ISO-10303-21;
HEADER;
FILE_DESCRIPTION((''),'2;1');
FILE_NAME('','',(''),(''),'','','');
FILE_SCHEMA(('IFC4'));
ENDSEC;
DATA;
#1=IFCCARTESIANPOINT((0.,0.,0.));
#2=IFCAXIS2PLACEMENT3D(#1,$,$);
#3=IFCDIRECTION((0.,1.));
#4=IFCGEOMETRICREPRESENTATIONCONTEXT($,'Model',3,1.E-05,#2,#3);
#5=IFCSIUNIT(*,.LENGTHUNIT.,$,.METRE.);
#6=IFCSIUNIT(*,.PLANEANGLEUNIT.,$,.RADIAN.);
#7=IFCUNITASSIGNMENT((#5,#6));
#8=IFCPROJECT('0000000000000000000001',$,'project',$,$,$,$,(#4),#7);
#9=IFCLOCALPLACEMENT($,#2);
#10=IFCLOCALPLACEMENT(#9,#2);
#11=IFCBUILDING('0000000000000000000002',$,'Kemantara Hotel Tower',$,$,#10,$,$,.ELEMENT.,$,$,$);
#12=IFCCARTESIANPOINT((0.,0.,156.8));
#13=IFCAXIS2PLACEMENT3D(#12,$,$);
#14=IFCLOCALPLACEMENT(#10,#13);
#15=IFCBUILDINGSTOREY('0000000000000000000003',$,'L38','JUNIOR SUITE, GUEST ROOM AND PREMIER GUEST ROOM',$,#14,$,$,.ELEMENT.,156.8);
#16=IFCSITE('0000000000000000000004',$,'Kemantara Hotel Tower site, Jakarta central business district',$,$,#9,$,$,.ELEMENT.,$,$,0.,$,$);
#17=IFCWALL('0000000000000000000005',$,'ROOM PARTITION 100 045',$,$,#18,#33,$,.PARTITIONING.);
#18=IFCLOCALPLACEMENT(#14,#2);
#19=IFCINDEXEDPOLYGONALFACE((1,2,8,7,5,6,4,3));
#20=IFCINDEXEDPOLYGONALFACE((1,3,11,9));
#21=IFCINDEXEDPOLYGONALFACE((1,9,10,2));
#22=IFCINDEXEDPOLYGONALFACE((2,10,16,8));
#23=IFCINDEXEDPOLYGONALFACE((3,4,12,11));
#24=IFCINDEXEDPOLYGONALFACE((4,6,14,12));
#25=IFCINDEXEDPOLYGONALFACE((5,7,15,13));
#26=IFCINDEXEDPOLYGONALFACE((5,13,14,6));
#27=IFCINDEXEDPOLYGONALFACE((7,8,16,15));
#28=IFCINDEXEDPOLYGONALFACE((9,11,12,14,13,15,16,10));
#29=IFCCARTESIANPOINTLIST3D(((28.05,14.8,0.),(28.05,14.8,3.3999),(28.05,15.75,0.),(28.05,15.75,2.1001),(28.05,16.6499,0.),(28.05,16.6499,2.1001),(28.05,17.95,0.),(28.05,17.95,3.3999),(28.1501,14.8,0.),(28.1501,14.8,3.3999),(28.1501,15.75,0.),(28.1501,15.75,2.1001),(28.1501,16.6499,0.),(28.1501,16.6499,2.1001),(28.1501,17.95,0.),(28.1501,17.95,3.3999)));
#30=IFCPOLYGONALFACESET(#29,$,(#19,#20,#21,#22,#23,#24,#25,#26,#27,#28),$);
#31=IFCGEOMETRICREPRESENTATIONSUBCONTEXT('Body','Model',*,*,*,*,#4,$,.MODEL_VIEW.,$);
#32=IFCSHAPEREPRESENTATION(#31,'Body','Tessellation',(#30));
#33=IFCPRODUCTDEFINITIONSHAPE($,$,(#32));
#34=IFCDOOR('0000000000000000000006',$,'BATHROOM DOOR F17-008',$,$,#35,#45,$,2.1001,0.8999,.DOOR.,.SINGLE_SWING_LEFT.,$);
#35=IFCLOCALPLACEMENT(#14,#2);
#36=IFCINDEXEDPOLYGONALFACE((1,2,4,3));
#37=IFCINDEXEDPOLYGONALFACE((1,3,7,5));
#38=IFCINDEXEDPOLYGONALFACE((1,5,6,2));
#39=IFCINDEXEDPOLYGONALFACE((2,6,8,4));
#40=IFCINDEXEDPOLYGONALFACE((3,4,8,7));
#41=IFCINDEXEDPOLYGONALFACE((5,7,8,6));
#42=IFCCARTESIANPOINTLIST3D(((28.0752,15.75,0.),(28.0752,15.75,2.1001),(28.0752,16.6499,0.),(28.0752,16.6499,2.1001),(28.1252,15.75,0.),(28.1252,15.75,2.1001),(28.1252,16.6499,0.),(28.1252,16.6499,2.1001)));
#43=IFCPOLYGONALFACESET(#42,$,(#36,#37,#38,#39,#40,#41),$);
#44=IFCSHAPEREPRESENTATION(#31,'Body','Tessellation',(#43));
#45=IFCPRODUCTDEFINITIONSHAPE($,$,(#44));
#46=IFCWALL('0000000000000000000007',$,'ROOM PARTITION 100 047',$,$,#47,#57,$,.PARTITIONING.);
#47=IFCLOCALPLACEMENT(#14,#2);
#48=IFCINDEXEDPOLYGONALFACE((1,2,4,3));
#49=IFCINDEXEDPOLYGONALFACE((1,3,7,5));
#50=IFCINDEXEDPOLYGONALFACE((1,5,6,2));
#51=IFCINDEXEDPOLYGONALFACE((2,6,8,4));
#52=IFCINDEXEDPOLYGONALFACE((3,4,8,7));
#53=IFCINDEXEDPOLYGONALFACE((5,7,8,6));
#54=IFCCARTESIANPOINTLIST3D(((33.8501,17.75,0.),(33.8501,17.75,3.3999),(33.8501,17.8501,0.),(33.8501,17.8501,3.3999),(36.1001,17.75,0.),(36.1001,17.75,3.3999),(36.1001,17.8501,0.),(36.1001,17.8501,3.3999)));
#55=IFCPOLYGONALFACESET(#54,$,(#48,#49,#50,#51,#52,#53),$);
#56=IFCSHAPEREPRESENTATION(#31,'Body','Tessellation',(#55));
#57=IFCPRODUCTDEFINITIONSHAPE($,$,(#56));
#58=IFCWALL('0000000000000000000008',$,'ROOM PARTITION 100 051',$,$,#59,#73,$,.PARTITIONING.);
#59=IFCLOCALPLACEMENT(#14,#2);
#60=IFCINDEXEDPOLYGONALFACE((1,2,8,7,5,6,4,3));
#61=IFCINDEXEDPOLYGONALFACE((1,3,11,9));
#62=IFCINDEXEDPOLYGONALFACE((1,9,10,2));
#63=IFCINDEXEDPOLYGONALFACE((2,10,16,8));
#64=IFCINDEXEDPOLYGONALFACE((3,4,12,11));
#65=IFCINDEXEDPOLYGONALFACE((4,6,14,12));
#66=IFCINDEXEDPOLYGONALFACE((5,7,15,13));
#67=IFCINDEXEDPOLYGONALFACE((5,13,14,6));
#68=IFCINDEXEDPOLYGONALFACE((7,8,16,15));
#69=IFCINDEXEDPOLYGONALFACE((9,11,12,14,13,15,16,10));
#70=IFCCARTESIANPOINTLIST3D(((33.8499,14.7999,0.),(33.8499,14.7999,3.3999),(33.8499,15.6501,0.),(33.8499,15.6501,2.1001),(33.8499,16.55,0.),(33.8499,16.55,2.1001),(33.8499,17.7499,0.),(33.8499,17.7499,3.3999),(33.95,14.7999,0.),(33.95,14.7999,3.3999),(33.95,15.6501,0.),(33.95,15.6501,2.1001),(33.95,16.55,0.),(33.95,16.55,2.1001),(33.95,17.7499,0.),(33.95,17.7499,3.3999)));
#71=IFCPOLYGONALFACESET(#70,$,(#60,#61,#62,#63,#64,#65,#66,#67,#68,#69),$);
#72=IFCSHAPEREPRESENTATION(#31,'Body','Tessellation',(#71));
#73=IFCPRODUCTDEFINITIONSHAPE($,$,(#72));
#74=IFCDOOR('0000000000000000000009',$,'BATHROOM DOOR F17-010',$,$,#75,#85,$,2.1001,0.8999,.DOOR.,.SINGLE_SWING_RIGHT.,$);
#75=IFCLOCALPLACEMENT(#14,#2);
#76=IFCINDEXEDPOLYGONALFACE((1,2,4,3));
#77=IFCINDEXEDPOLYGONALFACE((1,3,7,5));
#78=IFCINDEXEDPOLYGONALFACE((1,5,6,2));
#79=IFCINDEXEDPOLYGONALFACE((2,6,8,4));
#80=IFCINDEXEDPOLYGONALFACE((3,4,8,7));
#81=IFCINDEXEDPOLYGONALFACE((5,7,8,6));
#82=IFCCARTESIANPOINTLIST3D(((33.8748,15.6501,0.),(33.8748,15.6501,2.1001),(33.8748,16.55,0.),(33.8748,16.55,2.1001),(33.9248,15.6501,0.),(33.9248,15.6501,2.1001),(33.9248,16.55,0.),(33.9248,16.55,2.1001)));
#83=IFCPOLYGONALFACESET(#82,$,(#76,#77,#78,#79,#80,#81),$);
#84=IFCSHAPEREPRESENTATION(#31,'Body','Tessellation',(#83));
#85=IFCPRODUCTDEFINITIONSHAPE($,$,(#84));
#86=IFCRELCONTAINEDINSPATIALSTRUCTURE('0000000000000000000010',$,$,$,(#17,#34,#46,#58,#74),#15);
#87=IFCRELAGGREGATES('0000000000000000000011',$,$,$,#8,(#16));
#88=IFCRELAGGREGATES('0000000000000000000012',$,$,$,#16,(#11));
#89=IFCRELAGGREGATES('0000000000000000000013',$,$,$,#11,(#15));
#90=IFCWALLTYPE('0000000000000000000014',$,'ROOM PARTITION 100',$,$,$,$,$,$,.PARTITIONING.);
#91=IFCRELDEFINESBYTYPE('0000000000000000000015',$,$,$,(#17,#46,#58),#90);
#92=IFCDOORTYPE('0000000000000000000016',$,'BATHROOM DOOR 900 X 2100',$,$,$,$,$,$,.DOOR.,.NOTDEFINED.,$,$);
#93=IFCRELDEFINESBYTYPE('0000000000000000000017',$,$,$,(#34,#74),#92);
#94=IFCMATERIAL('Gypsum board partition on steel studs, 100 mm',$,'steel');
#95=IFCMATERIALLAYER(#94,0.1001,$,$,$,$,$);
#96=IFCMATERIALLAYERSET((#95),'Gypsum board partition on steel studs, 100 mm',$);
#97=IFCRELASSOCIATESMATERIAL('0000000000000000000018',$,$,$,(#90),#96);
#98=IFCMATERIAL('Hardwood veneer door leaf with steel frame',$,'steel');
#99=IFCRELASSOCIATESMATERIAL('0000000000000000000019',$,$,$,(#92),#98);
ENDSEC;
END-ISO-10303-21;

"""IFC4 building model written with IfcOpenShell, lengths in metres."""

from ifc_helpers import new_model, si_unit, direction, frame, frame_2d, origin, place, context, subcontext, project, spatial, rectangle, extrude, material, layer, layer_set, type_object, element, fill, save


model = new_model("IFC4")

# Units and contexts
model_context = context("Model", 3, precision=1e-05, world=origin(), true_north=direction((0.0, 1.0)))
body_context = subcontext(model_context, "Body", "Model", "MODEL_VIEW")
ifc_project = project(units=[si_unit("LENGTHUNIT", "METRE"), si_unit("PLANEANGLEUNIT", "RADIAN")], contexts=[model_context])

# Site, building, storey
site_placement = place(None, origin())
site = spatial("IfcSite", under=ifc_project, at=site_placement, Name="Kemantara Hotel Tower site, Jakarta central business district", CompositionType="ELEMENT", RefElevation=0.0)
building_placement = place(site_placement, origin())
building = spatial("IfcBuilding", under=site, at=building_placement, Name="Kemantara Hotel Tower", CompositionType="ELEMENT")
storey_placement = place(building_placement, frame((0.0, 0.0, 156.8)))
storey = spatial("IfcBuildingStorey", under=building, at=storey_placement, Name="L38", Description="JUNIOR SUITE, GUEST ROOM AND PREMIER GUEST ROOM", CompositionType="ELEMENT", Elevation=156.8)

# Shared definitions
ifc_material_1 = material(Name="Hardwood veneer door leaf with steel frame", Category="steel")

# Wall, opening, door
ifc_material_2 = material(Name="Gypsum board partition on steel studs, 100 mm", Category="steel")
ifc_layer_1 = layer(ifc_material_2, 0.1001)
ifc_layer_set_1 = layer_set([ifc_layer_1], Name="Gypsum board partition on steel studs, 100 mm")
wall_type_1 = type_object("IfcWallType", Name="ROOM PARTITION 100", PredefinedType="PARTITIONING", material=ifc_layer_set_1)
wall_1_placement = place(storey_placement, frame((28.1001, 14.8, 0.0), z_axis=(0.0, 0.0, 1.0), x_axis=(0.0, 1.0, 0.0)))
wall_1 = element("IfcWall", 1, at=wall_1_placement, inside=storey, type_object=wall_type_1, Name="ROOM PARTITION 100 045", PredefinedType="PARTITIONING", context=body_context, shape_type="SweptSolid", body=[
    extrude(rectangle(XDim=3.1499, YDim=0.1001, at=frame_2d((1.575, 0.0))), origin(), (0.0, 0.0, 1.0), 3.3999),
])
opening_1_placement = place(wall_1_placement, frame((0.95, 0.0, 0.0)))
opening_1 = element("IfcOpeningElement", 2, at=opening_1_placement, cuts=wall_1, PredefinedType="OPENING", context=body_context, shape_type="SweptSolid", body=[
    extrude(rectangle(XDim=0.8999, YDim=2.1001, at=frame_2d((0.45, 1.05))), frame((0.0, 0.0601, 0.0), z_axis=(0.0, -1.0, 0.0), x_axis=(1.0, 0.0, 0.0)), (0.0, 0.0, 1.0), 0.1201),
])
door_type_1 = type_object("IfcDoorType", Name="BATHROOM DOOR 900 X 2100", OperationType="NOTDEFINED", PredefinedType="DOOR", material=ifc_material_1)
door_1_placement = place(opening_1_placement, origin())
door_1 = element("IfcDoor", 3, at=door_1_placement, inside=storey, type_object=door_type_1, Name="BATHROOM DOOR F17-008", OperationType="SINGLE_SWING_LEFT", OverallHeight=2.1001, OverallWidth=0.8999, PredefinedType="DOOR", context=body_context, shape_type="SweptSolid", body=[
    extrude(rectangle(XDim=0.8999, YDim=2.1001, at=frame_2d((0.45, 1.05))), frame((0.0, 0.0249, 0.0), z_axis=(0.0, -1.0, 0.0), x_axis=(1.0, 0.0, 0.0)), (0.0, 0.0, 1.0), 0.05),
])
fill(opening_1, door_1)

# Wall
wall_2_placement = place(storey_placement, frame((33.8501, 17.8, 0.0), z_axis=(0.0, 0.0, 1.0), x_axis=(1.0, 0.0, 0.0)))
element("IfcWall", 4, at=wall_2_placement, inside=storey, type_object=wall_type_1, Name="ROOM PARTITION 100 047", PredefinedType="PARTITIONING", context=body_context, shape_type="SweptSolid", body=[
    extrude(rectangle(XDim=2.25, YDim=0.1001, at=frame_2d((1.125, 0.0))), origin(), (0.0, 0.0, 1.0), 3.3999),
])

# Wall, opening, door
wall_3_placement = place(storey_placement, frame((33.8999, 17.75, 0.0), z_axis=(0.0, 0.0, 1.0), x_axis=(0.0, -1.0, 0.0)))
wall_3 = element("IfcWall", 5, at=wall_3_placement, inside=storey, type_object=wall_type_1, Name="ROOM PARTITION 100 051", PredefinedType="PARTITIONING", context=body_context, shape_type="SweptSolid", body=[
    extrude(rectangle(XDim=2.95, YDim=0.1001, at=frame_2d((1.4751, 0.0))), origin(), (0.0, 0.0, 1.0), 3.3999),
])
opening_2_placement = place(wall_3_placement, frame((1.2, 0.0, 0.0)))
opening_2 = element("IfcOpeningElement", 6, at=opening_2_placement, cuts=wall_3, PredefinedType="OPENING", context=body_context, shape_type="SweptSolid", body=[
    extrude(rectangle(XDim=0.8999, YDim=2.1001, at=frame_2d((0.45, 1.05))), frame((0.0, 0.0601, 0.0), z_axis=(0.0, -1.0, 0.0), x_axis=(1.0, 0.0, 0.0)), (0.0, 0.0, 1.0), 0.1201),
])
door_2_placement = place(opening_2_placement, origin())
door_2 = element("IfcDoor", 7, at=door_2_placement, inside=storey, type_object=door_type_1, Name="BATHROOM DOOR F17-010", OperationType="SINGLE_SWING_RIGHT", OverallHeight=2.1001, OverallWidth=0.8999, PredefinedType="DOOR", context=body_context, shape_type="SweptSolid", body=[
    extrude(rectangle(XDim=0.8999, YDim=2.1001, at=frame_2d((0.45, 1.05))), frame((0.0, 0.0249, 0.0), z_axis=(0.0, -1.0, 0.0), x_axis=(1.0, 0.0, 0.0)), (0.0, 0.0, 1.0), 0.05),
])
fill(opening_2, door_2)

save(model, "model.ifc")
